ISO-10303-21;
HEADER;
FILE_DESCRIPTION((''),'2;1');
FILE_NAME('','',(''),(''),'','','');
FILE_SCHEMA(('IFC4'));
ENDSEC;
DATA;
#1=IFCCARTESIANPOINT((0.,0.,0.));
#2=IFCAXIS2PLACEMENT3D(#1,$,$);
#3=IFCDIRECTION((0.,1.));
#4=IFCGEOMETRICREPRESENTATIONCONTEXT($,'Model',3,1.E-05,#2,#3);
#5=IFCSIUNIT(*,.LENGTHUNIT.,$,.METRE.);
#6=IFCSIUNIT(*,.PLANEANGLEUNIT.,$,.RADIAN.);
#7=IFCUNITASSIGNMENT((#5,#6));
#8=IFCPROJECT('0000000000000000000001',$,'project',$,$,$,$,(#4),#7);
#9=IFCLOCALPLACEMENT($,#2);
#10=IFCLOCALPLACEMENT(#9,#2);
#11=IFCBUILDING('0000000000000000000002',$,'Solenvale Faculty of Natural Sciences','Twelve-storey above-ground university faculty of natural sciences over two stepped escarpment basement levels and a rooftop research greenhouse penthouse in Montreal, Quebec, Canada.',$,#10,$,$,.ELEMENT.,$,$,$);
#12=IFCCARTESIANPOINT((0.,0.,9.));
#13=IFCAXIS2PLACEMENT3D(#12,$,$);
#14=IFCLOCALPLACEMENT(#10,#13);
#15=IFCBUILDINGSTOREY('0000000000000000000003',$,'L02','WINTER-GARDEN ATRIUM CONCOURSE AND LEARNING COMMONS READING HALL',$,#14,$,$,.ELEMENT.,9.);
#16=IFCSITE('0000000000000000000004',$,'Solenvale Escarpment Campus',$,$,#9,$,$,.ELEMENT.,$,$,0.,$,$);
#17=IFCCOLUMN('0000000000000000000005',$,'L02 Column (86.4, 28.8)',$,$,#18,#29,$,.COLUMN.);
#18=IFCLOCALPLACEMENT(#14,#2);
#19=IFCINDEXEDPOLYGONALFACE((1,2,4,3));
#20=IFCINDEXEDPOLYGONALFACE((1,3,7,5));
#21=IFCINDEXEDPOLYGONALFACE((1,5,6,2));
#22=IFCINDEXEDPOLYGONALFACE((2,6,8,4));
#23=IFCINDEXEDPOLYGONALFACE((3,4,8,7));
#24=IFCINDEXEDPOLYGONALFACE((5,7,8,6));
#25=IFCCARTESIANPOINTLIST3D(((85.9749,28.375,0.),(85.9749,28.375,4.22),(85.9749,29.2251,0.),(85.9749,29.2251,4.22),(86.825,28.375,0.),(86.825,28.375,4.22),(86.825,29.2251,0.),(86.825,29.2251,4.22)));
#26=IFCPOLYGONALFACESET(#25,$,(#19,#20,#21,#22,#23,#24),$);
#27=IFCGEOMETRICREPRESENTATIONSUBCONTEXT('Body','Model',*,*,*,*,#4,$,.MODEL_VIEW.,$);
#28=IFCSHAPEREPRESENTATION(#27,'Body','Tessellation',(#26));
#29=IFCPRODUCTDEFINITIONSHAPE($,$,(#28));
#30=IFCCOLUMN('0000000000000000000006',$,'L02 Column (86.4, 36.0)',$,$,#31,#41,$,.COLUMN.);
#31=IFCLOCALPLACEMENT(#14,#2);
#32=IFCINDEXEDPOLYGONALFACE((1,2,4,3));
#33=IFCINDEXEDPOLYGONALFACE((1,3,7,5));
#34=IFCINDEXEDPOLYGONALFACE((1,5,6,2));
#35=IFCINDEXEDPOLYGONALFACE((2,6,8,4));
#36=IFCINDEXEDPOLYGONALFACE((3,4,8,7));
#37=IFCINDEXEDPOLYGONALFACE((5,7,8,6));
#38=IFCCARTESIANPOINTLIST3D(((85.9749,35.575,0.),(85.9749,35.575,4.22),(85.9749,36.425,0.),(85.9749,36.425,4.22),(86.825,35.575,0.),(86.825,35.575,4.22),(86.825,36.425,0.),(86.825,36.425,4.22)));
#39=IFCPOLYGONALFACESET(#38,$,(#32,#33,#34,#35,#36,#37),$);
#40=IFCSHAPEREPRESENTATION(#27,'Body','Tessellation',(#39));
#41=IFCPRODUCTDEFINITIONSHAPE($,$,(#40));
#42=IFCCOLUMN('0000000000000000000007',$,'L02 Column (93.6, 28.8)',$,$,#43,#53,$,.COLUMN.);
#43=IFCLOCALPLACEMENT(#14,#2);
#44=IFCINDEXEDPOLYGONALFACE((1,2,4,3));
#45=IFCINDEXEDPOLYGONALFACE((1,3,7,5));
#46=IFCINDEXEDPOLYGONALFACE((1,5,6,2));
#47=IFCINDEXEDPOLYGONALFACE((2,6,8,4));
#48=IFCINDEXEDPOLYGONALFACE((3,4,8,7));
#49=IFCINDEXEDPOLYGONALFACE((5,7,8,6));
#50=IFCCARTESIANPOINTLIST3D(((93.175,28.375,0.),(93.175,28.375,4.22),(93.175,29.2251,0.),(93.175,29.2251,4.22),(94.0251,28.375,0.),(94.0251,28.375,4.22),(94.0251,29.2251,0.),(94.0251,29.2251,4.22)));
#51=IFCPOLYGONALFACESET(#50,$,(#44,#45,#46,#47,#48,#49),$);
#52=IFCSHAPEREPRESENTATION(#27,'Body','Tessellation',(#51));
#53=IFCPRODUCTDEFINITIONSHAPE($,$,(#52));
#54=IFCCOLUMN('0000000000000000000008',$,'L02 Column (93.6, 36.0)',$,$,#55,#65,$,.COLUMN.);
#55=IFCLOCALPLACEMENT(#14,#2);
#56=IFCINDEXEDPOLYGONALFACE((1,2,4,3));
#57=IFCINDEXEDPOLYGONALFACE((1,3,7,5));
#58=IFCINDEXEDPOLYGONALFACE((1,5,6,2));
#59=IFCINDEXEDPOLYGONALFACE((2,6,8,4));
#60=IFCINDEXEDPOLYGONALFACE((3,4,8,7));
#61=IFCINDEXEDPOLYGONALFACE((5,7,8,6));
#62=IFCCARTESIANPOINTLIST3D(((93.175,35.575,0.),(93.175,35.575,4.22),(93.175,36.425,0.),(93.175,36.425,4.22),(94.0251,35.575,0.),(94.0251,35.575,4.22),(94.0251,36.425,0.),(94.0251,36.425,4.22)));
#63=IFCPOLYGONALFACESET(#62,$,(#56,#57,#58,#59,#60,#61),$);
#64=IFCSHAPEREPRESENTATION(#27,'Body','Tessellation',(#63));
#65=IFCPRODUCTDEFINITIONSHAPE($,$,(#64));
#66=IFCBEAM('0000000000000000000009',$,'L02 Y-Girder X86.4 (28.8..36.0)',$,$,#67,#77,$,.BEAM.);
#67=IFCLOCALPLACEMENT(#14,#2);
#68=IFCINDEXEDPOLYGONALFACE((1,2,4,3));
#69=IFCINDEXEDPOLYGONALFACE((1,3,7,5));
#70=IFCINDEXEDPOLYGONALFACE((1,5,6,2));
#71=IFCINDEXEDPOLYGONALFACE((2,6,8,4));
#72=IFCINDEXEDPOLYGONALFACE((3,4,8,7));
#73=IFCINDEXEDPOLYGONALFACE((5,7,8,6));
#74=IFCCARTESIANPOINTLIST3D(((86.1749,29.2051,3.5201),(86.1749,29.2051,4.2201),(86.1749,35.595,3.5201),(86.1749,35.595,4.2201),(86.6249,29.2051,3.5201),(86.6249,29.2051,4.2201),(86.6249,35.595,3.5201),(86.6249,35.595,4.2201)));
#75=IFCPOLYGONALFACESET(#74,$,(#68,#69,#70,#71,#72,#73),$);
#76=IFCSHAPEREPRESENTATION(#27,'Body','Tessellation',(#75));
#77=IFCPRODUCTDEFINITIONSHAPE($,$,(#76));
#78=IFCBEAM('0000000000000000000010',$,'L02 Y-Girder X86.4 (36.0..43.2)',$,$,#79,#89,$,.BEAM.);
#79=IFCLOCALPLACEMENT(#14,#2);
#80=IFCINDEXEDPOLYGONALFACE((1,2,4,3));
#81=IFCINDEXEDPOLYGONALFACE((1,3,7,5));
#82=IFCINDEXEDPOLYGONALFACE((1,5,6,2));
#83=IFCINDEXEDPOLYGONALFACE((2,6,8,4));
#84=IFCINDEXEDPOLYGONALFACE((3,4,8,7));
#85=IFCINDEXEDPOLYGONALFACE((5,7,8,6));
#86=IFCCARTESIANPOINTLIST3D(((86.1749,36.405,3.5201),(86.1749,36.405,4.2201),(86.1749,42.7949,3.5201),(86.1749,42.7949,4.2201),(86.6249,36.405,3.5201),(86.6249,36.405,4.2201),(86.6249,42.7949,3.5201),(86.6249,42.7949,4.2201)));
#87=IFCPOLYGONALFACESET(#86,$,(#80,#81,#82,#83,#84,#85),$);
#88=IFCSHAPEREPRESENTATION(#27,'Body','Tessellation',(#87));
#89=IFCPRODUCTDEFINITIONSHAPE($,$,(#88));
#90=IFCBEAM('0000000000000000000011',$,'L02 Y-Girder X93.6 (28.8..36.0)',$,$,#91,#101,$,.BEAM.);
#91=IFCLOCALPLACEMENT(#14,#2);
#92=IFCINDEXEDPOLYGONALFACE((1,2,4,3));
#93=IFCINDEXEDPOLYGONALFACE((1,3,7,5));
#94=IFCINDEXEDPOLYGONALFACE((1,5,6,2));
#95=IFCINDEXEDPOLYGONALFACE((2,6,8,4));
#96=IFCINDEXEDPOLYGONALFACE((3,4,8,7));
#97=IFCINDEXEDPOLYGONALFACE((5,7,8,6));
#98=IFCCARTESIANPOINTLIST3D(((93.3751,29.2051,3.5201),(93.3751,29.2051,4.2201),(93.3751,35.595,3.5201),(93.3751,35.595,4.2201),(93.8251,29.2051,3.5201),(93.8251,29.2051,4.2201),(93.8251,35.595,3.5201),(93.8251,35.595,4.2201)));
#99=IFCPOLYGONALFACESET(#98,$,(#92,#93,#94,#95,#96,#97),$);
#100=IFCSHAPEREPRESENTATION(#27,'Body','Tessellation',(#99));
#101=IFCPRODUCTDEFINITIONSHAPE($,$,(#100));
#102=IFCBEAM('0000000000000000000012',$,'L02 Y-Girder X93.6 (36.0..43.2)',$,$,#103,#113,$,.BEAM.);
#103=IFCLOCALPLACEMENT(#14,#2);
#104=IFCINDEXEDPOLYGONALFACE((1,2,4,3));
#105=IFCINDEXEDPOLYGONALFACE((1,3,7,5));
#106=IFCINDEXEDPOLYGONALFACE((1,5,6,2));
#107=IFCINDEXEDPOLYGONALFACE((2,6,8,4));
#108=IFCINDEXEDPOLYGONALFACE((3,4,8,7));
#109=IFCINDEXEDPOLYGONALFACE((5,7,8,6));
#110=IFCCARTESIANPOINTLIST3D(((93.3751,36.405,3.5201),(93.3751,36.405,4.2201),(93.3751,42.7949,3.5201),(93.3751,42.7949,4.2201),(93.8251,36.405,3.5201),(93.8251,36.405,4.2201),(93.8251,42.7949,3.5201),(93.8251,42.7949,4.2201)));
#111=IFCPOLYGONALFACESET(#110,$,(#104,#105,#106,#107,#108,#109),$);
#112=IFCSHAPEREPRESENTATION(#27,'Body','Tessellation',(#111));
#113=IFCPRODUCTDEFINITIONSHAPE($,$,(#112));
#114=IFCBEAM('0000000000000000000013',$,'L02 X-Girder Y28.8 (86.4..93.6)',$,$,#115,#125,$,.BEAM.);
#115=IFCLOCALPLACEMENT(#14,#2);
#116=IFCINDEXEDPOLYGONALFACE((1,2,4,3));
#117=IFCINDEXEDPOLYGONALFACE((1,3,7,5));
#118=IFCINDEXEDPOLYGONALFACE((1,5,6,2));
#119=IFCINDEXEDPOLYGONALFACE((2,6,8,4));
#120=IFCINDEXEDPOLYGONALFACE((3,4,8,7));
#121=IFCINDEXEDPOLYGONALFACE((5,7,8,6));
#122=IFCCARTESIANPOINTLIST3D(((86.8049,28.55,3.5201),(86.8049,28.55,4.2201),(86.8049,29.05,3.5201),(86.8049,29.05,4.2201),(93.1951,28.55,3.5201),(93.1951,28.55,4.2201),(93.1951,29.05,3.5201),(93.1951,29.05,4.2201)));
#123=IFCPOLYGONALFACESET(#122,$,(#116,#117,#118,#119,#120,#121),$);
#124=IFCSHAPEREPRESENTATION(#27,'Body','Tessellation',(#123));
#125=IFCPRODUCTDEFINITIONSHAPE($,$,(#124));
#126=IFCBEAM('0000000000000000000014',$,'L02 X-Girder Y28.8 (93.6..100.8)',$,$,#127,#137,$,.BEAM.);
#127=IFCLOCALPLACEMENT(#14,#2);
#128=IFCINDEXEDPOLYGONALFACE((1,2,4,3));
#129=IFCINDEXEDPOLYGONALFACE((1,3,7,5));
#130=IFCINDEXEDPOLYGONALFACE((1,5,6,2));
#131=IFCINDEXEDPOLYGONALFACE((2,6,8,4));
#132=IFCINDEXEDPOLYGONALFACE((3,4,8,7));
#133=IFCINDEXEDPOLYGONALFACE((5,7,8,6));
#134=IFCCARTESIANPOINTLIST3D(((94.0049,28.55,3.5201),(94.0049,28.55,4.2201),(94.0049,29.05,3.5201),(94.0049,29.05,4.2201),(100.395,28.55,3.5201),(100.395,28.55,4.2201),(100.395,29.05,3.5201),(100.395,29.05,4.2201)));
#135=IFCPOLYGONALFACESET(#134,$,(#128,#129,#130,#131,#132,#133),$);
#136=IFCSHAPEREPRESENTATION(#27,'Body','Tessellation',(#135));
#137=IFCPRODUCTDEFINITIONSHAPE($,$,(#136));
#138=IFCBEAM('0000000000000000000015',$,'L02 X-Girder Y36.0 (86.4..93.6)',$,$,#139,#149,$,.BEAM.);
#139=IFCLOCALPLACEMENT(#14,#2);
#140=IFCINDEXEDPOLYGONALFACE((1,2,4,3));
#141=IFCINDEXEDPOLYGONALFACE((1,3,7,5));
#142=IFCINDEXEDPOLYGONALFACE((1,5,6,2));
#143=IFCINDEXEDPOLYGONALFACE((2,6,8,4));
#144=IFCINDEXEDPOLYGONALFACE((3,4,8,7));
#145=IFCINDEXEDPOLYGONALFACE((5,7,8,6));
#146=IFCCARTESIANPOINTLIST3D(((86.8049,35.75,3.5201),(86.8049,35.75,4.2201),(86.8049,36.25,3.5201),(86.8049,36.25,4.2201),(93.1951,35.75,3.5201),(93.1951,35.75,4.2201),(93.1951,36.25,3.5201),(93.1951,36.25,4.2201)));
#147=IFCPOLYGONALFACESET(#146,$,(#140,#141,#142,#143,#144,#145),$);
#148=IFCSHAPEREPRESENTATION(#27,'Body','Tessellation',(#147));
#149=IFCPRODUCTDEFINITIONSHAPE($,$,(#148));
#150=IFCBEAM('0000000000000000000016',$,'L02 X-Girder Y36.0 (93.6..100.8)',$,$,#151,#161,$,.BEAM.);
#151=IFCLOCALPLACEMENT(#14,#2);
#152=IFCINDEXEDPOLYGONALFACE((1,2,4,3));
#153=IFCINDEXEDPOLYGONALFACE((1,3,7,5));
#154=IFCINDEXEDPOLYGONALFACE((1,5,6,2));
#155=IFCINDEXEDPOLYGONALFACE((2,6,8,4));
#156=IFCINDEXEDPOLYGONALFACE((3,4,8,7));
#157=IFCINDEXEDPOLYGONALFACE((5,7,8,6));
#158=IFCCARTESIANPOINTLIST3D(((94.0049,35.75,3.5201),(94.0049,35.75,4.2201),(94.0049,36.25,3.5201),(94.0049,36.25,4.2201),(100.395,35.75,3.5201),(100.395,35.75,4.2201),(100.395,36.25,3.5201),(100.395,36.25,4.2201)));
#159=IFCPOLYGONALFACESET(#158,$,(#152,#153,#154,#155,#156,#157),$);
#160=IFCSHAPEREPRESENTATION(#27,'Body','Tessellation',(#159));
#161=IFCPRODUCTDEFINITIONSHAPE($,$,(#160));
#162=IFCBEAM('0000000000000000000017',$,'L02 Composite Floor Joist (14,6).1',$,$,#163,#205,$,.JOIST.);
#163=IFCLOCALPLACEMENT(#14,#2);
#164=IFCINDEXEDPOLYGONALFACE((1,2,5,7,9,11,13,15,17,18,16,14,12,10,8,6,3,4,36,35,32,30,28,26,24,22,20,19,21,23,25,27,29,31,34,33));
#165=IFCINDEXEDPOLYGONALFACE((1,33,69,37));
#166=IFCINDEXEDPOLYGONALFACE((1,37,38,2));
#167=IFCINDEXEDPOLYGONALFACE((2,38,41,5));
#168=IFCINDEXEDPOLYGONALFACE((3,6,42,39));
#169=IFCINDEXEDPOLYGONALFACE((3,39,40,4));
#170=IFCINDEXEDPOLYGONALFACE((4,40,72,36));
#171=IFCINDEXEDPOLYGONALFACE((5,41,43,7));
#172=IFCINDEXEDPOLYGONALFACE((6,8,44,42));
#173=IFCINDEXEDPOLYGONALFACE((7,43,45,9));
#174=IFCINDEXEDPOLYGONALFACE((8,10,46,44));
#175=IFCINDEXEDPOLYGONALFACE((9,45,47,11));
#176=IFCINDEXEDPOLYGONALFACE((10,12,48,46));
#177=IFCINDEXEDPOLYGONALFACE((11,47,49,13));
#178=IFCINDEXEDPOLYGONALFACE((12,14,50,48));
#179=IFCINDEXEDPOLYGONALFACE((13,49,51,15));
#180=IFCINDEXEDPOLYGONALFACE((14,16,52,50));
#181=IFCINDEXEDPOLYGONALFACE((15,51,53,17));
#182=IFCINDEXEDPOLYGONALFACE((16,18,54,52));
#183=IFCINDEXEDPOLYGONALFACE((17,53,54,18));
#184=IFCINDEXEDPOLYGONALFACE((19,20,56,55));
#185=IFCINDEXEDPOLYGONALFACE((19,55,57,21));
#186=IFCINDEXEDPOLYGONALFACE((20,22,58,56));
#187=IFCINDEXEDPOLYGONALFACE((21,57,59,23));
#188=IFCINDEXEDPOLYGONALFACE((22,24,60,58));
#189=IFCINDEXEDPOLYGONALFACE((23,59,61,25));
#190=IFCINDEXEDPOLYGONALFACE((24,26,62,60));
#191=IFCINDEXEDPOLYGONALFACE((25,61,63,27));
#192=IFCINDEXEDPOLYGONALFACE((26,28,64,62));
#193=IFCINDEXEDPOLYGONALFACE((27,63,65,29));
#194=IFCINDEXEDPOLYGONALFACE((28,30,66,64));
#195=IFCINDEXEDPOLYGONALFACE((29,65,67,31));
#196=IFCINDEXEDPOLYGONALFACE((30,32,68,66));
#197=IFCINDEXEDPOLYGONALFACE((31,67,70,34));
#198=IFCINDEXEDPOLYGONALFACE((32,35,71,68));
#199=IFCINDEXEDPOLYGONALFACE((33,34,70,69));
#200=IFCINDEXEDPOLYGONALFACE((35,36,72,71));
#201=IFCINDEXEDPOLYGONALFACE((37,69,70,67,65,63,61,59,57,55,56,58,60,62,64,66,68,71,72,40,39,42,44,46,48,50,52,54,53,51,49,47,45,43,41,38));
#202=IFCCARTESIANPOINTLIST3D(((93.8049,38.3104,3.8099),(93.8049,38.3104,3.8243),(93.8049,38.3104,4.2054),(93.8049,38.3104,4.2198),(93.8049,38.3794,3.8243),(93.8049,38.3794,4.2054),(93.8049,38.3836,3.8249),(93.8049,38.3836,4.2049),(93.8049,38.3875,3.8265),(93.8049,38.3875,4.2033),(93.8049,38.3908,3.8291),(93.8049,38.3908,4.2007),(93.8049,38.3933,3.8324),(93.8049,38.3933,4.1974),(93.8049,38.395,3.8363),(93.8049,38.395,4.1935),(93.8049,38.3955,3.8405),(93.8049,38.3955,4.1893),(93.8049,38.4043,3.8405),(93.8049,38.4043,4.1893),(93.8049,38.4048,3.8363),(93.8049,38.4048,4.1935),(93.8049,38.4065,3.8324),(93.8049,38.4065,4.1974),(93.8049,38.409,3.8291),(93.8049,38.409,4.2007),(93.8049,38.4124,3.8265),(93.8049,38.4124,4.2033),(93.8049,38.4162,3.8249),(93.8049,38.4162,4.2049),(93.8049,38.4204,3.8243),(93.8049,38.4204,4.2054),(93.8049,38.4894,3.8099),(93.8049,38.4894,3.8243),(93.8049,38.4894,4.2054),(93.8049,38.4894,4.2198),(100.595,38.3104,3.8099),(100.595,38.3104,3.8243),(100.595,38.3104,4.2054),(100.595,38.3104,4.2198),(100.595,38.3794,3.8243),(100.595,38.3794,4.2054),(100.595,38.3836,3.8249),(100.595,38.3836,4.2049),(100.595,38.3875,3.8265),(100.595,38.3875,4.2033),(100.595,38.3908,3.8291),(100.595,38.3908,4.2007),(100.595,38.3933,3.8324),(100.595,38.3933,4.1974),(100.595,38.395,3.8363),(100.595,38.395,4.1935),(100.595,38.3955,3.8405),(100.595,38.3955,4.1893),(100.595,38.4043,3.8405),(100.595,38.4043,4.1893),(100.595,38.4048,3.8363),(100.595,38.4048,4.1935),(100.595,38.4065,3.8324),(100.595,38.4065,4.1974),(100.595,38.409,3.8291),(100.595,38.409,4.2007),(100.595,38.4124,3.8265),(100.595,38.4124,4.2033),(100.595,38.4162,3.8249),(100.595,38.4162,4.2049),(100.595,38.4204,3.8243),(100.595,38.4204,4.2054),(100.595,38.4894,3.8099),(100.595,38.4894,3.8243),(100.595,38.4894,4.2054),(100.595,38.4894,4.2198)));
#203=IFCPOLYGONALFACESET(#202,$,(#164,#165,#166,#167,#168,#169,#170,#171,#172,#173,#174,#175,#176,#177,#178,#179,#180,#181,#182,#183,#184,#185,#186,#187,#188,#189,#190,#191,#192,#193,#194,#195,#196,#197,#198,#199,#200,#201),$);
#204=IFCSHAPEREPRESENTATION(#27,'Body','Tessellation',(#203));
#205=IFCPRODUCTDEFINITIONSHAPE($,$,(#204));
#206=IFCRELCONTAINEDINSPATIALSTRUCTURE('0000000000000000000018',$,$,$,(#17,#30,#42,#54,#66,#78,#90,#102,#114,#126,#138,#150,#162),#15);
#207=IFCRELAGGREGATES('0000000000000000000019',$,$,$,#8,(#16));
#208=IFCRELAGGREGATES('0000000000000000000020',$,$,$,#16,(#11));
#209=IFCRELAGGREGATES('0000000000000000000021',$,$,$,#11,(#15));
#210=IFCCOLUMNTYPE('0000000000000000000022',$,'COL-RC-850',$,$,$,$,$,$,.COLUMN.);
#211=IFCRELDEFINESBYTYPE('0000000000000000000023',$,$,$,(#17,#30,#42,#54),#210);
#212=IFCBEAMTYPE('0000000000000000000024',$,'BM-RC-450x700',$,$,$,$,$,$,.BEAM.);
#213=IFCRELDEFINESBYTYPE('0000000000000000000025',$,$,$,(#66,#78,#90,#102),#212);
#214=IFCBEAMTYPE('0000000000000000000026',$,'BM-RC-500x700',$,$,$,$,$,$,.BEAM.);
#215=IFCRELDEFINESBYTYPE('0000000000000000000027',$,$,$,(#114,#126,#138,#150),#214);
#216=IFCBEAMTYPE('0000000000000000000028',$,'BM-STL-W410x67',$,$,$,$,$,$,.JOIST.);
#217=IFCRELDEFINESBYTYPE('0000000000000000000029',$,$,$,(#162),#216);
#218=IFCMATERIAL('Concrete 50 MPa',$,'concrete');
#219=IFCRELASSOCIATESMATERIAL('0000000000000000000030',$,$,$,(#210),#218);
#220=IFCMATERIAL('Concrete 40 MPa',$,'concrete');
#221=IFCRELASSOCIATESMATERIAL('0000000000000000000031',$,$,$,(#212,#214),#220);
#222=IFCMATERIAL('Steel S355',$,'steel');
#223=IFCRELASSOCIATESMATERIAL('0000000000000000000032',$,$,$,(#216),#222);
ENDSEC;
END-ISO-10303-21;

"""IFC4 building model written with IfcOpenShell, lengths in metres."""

from ifc_helpers import new_model, si_unit, direction, frame, origin, origin_2d, place, context, subcontext, project, spatial, rectangle, i_section, extrude, material, material_profile, profile_set, type_object, element, save


model = new_model("IFC4")

# Units and contexts
model_context = context("Model", 3, precision=1e-05, world=origin(), true_north=direction((0.0, 1.0)))
body_context = subcontext(model_context, "Body", "Model", "MODEL_VIEW")
ifc_project = project(units=[si_unit("LENGTHUNIT", "METRE"), si_unit("PLANEANGLEUNIT", "RADIAN")], contexts=[model_context])

# Site, building, storey
site_placement = place(None, origin())
site = spatial("IfcSite", under=ifc_project, at=site_placement, Name="Solenvale Escarpment Campus", CompositionType="ELEMENT", RefElevation=0.0)
building_placement = place(site_placement, origin())
building = spatial("IfcBuilding", under=site, at=building_placement, Name="Solenvale Faculty of Natural Sciences", Description="Twelve-storey above-ground university faculty of natural sciences over two stepped escarpment basement levels and a rooftop research greenhouse penthouse in Montreal, Quebec, Canada.", CompositionType="ELEMENT")
storey_placement = place(building_placement, frame((0.0, 0.0, 9.0)))
storey = spatial("IfcBuildingStorey", under=building, at=storey_placement, Name="L02", Description="WINTER-GARDEN ATRIUM CONCOURSE AND LEARNING COMMONS READING HALL", CompositionType="ELEMENT", Elevation=9.0)

# Columns
ifc_material_1 = material(Name="Concrete 50 MPa", Category="concrete")
ifc_material_profile_1 = material_profile(ifc_material_1, rectangle(XDim=0.8501, YDim=0.8501, at=origin_2d()), Name="RC-COL-850x850")
ifc_profile_set_1 = profile_set([ifc_material_profile_1], Name="Concrete 50 MPa")
column_type = type_object("IfcColumnType", Name="COL-RC-850", PredefinedType="COLUMN", material=ifc_profile_set_1)
for number, where, z_axis, x_axis, name in (
    (1, (86.3999, 28.8, 0.0), (0.0, 0.0, 1.0), (1.0, 0.0, 0.0), "L02 Column (86.4, 28.8)"),
    (2, (86.3999, 36.0, 0.0), (0.0, 0.0, 1.0), (1.0, 0.0, 0.0), "L02 Column (86.4, 36.0)"),
    (3, (93.6001, 28.8, 0.0), (0.0, 0.0, 1.0), (1.0, 0.0, 0.0), "L02 Column (93.6, 28.8)"),
    (4, (93.6001, 36.0, 0.0), (0.0, 0.0, 1.0), (1.0, 0.0, 0.0), "L02 Column (93.6, 36.0)"),
):
    element("IfcColumn", number, at=place(storey_placement, frame(where, z_axis=z_axis, x_axis=x_axis)), inside=storey, type_object=column_type, Name=name, PredefinedType="COLUMN", context=body_context, shape_type="SweptSolid", body=[
        extrude(rectangle(XDim=0.8501, YDim=0.8501, at=origin_2d()), origin(), (0.0, 0.0, 1.0), 4.22),
    ])

# Beams
ifc_material_2 = material(Name="Concrete 40 MPa", Category="concrete")
ifc_material_profile_2 = material_profile(ifc_material_2, rectangle(XDim=0.45, YDim=0.7, at=origin_2d()), Name="RC-BM-450x700")
ifc_profile_set_2 = profile_set([ifc_material_profile_2], Name="Concrete 40 MPa")
beam_type_1 = type_object("IfcBeamType", Name="BM-RC-450x700", PredefinedType="BEAM", material=ifc_profile_set_2)
for number, where, z_axis, x_axis, name in (
    (5, (86.3999, 29.2051, 3.8701), (0.0, 1.0, 0.0), (-1.0, 0.0, 0.0), "L02 Y-Girder X86.4 (28.8..36.0)"),
    (6, (86.3999, 36.405, 3.8701), (0.0, 1.0, 0.0), (-1.0, 0.0, 0.0), "L02 Y-Girder X86.4 (36.0..43.2)"),
    (7, (93.6001, 29.2051, 3.8701), (0.0, 1.0, 0.0), (-1.0, 0.0, 0.0), "L02 Y-Girder X93.6 (28.8..36.0)"),
    (8, (93.6001, 36.405, 3.8701), (0.0, 1.0, 0.0), (-1.0, 0.0, 0.0), "L02 Y-Girder X93.6 (36.0..43.2)"),
):
    element("IfcBeam", number, at=place(storey_placement, frame(where, z_axis=z_axis, x_axis=x_axis)), inside=storey, type_object=beam_type_1, Name=name, PredefinedType="BEAM", context=body_context, shape_type="SweptSolid", body=[
        extrude(rectangle(XDim=0.45, YDim=0.7, at=origin_2d()), origin(), (0.0, 0.0, 1.0), 6.3899),
    ])
ifc_material_profile_3 = material_profile(ifc_material_2, rectangle(XDim=0.5, YDim=0.7, at=origin_2d()), Name="RC-BM-500x700")
ifc_profile_set_3 = profile_set([ifc_material_profile_3], Name="Concrete 40 MPa")
beam_type_2 = type_object("IfcBeamType", Name="BM-RC-500x700", PredefinedType="BEAM", material=ifc_profile_set_3)
for number, where, z_axis, x_axis, name in (
    (9, (86.8049, 28.8, 3.8701), (1.0, 0.0, 0.0), (0.0, 1.0, 0.0), "L02 X-Girder Y28.8 (86.4..93.6)"),
    (10, (94.0049, 28.8, 3.8701), (1.0, 0.0, 0.0), (0.0, 1.0, 0.0), "L02 X-Girder Y28.8 (93.6..100.8)"),
    (11, (86.8049, 36.0, 3.8701), (1.0, 0.0, 0.0), (0.0, 1.0, 0.0), "L02 X-Girder Y36.0 (86.4..93.6)"),
    (12, (94.0049, 36.0, 3.8701), (1.0, 0.0, 0.0), (0.0, 1.0, 0.0), "L02 X-Girder Y36.0 (93.6..100.8)"),
):
    element("IfcBeam", number, at=place(storey_placement, frame(where, z_axis=z_axis, x_axis=x_axis)), inside=storey, type_object=beam_type_2, Name=name, PredefinedType="BEAM", context=body_context, shape_type="SweptSolid", body=[
        extrude(rectangle(XDim=0.5, YDim=0.7, at=origin_2d()), origin(), (0.0, 0.0, 1.0), 6.3901),
    ])
ifc_material_3 = material(Name="Steel S355", Category="steel")
ifc_material_profile_4 = material_profile(ifc_material_3, i_section(OverallWidth=0.179, OverallDepth=0.4099, WebThickness=0.0088, FlangeThickness=0.0144, FilletRadius=0.0161, at=origin_2d()), Name="W410x67")
ifc_profile_set_4 = profile_set([ifc_material_profile_4], Name="Steel S355")
beam_type_3 = type_object("IfcBeamType", Name="BM-STL-W410x67", PredefinedType="JOIST", material=ifc_profile_set_4)
for number, where, z_axis, x_axis, name in (
    (13, (93.8049, 38.3999, 4.0149), (1.0, 0.0, 0.0), (0.0, 1.0, 0.0), "L02 Composite Floor Joist (14,6).1"),
):
    element("IfcBeam", number, at=place(storey_placement, frame(where, z_axis=z_axis, x_axis=x_axis)), inside=storey, type_object=beam_type_3, Name=name, PredefinedType="JOIST", context=body_context, shape_type="SweptSolid", body=[
        extrude(i_section(OverallWidth=0.179, OverallDepth=0.4099, WebThickness=0.0088, FlangeThickness=0.0144, FilletRadius=0.0161, at=origin_2d()), origin(), (0.0, 0.0, 1.0), 6.79),
    ])

save(model, "model.ifc")
